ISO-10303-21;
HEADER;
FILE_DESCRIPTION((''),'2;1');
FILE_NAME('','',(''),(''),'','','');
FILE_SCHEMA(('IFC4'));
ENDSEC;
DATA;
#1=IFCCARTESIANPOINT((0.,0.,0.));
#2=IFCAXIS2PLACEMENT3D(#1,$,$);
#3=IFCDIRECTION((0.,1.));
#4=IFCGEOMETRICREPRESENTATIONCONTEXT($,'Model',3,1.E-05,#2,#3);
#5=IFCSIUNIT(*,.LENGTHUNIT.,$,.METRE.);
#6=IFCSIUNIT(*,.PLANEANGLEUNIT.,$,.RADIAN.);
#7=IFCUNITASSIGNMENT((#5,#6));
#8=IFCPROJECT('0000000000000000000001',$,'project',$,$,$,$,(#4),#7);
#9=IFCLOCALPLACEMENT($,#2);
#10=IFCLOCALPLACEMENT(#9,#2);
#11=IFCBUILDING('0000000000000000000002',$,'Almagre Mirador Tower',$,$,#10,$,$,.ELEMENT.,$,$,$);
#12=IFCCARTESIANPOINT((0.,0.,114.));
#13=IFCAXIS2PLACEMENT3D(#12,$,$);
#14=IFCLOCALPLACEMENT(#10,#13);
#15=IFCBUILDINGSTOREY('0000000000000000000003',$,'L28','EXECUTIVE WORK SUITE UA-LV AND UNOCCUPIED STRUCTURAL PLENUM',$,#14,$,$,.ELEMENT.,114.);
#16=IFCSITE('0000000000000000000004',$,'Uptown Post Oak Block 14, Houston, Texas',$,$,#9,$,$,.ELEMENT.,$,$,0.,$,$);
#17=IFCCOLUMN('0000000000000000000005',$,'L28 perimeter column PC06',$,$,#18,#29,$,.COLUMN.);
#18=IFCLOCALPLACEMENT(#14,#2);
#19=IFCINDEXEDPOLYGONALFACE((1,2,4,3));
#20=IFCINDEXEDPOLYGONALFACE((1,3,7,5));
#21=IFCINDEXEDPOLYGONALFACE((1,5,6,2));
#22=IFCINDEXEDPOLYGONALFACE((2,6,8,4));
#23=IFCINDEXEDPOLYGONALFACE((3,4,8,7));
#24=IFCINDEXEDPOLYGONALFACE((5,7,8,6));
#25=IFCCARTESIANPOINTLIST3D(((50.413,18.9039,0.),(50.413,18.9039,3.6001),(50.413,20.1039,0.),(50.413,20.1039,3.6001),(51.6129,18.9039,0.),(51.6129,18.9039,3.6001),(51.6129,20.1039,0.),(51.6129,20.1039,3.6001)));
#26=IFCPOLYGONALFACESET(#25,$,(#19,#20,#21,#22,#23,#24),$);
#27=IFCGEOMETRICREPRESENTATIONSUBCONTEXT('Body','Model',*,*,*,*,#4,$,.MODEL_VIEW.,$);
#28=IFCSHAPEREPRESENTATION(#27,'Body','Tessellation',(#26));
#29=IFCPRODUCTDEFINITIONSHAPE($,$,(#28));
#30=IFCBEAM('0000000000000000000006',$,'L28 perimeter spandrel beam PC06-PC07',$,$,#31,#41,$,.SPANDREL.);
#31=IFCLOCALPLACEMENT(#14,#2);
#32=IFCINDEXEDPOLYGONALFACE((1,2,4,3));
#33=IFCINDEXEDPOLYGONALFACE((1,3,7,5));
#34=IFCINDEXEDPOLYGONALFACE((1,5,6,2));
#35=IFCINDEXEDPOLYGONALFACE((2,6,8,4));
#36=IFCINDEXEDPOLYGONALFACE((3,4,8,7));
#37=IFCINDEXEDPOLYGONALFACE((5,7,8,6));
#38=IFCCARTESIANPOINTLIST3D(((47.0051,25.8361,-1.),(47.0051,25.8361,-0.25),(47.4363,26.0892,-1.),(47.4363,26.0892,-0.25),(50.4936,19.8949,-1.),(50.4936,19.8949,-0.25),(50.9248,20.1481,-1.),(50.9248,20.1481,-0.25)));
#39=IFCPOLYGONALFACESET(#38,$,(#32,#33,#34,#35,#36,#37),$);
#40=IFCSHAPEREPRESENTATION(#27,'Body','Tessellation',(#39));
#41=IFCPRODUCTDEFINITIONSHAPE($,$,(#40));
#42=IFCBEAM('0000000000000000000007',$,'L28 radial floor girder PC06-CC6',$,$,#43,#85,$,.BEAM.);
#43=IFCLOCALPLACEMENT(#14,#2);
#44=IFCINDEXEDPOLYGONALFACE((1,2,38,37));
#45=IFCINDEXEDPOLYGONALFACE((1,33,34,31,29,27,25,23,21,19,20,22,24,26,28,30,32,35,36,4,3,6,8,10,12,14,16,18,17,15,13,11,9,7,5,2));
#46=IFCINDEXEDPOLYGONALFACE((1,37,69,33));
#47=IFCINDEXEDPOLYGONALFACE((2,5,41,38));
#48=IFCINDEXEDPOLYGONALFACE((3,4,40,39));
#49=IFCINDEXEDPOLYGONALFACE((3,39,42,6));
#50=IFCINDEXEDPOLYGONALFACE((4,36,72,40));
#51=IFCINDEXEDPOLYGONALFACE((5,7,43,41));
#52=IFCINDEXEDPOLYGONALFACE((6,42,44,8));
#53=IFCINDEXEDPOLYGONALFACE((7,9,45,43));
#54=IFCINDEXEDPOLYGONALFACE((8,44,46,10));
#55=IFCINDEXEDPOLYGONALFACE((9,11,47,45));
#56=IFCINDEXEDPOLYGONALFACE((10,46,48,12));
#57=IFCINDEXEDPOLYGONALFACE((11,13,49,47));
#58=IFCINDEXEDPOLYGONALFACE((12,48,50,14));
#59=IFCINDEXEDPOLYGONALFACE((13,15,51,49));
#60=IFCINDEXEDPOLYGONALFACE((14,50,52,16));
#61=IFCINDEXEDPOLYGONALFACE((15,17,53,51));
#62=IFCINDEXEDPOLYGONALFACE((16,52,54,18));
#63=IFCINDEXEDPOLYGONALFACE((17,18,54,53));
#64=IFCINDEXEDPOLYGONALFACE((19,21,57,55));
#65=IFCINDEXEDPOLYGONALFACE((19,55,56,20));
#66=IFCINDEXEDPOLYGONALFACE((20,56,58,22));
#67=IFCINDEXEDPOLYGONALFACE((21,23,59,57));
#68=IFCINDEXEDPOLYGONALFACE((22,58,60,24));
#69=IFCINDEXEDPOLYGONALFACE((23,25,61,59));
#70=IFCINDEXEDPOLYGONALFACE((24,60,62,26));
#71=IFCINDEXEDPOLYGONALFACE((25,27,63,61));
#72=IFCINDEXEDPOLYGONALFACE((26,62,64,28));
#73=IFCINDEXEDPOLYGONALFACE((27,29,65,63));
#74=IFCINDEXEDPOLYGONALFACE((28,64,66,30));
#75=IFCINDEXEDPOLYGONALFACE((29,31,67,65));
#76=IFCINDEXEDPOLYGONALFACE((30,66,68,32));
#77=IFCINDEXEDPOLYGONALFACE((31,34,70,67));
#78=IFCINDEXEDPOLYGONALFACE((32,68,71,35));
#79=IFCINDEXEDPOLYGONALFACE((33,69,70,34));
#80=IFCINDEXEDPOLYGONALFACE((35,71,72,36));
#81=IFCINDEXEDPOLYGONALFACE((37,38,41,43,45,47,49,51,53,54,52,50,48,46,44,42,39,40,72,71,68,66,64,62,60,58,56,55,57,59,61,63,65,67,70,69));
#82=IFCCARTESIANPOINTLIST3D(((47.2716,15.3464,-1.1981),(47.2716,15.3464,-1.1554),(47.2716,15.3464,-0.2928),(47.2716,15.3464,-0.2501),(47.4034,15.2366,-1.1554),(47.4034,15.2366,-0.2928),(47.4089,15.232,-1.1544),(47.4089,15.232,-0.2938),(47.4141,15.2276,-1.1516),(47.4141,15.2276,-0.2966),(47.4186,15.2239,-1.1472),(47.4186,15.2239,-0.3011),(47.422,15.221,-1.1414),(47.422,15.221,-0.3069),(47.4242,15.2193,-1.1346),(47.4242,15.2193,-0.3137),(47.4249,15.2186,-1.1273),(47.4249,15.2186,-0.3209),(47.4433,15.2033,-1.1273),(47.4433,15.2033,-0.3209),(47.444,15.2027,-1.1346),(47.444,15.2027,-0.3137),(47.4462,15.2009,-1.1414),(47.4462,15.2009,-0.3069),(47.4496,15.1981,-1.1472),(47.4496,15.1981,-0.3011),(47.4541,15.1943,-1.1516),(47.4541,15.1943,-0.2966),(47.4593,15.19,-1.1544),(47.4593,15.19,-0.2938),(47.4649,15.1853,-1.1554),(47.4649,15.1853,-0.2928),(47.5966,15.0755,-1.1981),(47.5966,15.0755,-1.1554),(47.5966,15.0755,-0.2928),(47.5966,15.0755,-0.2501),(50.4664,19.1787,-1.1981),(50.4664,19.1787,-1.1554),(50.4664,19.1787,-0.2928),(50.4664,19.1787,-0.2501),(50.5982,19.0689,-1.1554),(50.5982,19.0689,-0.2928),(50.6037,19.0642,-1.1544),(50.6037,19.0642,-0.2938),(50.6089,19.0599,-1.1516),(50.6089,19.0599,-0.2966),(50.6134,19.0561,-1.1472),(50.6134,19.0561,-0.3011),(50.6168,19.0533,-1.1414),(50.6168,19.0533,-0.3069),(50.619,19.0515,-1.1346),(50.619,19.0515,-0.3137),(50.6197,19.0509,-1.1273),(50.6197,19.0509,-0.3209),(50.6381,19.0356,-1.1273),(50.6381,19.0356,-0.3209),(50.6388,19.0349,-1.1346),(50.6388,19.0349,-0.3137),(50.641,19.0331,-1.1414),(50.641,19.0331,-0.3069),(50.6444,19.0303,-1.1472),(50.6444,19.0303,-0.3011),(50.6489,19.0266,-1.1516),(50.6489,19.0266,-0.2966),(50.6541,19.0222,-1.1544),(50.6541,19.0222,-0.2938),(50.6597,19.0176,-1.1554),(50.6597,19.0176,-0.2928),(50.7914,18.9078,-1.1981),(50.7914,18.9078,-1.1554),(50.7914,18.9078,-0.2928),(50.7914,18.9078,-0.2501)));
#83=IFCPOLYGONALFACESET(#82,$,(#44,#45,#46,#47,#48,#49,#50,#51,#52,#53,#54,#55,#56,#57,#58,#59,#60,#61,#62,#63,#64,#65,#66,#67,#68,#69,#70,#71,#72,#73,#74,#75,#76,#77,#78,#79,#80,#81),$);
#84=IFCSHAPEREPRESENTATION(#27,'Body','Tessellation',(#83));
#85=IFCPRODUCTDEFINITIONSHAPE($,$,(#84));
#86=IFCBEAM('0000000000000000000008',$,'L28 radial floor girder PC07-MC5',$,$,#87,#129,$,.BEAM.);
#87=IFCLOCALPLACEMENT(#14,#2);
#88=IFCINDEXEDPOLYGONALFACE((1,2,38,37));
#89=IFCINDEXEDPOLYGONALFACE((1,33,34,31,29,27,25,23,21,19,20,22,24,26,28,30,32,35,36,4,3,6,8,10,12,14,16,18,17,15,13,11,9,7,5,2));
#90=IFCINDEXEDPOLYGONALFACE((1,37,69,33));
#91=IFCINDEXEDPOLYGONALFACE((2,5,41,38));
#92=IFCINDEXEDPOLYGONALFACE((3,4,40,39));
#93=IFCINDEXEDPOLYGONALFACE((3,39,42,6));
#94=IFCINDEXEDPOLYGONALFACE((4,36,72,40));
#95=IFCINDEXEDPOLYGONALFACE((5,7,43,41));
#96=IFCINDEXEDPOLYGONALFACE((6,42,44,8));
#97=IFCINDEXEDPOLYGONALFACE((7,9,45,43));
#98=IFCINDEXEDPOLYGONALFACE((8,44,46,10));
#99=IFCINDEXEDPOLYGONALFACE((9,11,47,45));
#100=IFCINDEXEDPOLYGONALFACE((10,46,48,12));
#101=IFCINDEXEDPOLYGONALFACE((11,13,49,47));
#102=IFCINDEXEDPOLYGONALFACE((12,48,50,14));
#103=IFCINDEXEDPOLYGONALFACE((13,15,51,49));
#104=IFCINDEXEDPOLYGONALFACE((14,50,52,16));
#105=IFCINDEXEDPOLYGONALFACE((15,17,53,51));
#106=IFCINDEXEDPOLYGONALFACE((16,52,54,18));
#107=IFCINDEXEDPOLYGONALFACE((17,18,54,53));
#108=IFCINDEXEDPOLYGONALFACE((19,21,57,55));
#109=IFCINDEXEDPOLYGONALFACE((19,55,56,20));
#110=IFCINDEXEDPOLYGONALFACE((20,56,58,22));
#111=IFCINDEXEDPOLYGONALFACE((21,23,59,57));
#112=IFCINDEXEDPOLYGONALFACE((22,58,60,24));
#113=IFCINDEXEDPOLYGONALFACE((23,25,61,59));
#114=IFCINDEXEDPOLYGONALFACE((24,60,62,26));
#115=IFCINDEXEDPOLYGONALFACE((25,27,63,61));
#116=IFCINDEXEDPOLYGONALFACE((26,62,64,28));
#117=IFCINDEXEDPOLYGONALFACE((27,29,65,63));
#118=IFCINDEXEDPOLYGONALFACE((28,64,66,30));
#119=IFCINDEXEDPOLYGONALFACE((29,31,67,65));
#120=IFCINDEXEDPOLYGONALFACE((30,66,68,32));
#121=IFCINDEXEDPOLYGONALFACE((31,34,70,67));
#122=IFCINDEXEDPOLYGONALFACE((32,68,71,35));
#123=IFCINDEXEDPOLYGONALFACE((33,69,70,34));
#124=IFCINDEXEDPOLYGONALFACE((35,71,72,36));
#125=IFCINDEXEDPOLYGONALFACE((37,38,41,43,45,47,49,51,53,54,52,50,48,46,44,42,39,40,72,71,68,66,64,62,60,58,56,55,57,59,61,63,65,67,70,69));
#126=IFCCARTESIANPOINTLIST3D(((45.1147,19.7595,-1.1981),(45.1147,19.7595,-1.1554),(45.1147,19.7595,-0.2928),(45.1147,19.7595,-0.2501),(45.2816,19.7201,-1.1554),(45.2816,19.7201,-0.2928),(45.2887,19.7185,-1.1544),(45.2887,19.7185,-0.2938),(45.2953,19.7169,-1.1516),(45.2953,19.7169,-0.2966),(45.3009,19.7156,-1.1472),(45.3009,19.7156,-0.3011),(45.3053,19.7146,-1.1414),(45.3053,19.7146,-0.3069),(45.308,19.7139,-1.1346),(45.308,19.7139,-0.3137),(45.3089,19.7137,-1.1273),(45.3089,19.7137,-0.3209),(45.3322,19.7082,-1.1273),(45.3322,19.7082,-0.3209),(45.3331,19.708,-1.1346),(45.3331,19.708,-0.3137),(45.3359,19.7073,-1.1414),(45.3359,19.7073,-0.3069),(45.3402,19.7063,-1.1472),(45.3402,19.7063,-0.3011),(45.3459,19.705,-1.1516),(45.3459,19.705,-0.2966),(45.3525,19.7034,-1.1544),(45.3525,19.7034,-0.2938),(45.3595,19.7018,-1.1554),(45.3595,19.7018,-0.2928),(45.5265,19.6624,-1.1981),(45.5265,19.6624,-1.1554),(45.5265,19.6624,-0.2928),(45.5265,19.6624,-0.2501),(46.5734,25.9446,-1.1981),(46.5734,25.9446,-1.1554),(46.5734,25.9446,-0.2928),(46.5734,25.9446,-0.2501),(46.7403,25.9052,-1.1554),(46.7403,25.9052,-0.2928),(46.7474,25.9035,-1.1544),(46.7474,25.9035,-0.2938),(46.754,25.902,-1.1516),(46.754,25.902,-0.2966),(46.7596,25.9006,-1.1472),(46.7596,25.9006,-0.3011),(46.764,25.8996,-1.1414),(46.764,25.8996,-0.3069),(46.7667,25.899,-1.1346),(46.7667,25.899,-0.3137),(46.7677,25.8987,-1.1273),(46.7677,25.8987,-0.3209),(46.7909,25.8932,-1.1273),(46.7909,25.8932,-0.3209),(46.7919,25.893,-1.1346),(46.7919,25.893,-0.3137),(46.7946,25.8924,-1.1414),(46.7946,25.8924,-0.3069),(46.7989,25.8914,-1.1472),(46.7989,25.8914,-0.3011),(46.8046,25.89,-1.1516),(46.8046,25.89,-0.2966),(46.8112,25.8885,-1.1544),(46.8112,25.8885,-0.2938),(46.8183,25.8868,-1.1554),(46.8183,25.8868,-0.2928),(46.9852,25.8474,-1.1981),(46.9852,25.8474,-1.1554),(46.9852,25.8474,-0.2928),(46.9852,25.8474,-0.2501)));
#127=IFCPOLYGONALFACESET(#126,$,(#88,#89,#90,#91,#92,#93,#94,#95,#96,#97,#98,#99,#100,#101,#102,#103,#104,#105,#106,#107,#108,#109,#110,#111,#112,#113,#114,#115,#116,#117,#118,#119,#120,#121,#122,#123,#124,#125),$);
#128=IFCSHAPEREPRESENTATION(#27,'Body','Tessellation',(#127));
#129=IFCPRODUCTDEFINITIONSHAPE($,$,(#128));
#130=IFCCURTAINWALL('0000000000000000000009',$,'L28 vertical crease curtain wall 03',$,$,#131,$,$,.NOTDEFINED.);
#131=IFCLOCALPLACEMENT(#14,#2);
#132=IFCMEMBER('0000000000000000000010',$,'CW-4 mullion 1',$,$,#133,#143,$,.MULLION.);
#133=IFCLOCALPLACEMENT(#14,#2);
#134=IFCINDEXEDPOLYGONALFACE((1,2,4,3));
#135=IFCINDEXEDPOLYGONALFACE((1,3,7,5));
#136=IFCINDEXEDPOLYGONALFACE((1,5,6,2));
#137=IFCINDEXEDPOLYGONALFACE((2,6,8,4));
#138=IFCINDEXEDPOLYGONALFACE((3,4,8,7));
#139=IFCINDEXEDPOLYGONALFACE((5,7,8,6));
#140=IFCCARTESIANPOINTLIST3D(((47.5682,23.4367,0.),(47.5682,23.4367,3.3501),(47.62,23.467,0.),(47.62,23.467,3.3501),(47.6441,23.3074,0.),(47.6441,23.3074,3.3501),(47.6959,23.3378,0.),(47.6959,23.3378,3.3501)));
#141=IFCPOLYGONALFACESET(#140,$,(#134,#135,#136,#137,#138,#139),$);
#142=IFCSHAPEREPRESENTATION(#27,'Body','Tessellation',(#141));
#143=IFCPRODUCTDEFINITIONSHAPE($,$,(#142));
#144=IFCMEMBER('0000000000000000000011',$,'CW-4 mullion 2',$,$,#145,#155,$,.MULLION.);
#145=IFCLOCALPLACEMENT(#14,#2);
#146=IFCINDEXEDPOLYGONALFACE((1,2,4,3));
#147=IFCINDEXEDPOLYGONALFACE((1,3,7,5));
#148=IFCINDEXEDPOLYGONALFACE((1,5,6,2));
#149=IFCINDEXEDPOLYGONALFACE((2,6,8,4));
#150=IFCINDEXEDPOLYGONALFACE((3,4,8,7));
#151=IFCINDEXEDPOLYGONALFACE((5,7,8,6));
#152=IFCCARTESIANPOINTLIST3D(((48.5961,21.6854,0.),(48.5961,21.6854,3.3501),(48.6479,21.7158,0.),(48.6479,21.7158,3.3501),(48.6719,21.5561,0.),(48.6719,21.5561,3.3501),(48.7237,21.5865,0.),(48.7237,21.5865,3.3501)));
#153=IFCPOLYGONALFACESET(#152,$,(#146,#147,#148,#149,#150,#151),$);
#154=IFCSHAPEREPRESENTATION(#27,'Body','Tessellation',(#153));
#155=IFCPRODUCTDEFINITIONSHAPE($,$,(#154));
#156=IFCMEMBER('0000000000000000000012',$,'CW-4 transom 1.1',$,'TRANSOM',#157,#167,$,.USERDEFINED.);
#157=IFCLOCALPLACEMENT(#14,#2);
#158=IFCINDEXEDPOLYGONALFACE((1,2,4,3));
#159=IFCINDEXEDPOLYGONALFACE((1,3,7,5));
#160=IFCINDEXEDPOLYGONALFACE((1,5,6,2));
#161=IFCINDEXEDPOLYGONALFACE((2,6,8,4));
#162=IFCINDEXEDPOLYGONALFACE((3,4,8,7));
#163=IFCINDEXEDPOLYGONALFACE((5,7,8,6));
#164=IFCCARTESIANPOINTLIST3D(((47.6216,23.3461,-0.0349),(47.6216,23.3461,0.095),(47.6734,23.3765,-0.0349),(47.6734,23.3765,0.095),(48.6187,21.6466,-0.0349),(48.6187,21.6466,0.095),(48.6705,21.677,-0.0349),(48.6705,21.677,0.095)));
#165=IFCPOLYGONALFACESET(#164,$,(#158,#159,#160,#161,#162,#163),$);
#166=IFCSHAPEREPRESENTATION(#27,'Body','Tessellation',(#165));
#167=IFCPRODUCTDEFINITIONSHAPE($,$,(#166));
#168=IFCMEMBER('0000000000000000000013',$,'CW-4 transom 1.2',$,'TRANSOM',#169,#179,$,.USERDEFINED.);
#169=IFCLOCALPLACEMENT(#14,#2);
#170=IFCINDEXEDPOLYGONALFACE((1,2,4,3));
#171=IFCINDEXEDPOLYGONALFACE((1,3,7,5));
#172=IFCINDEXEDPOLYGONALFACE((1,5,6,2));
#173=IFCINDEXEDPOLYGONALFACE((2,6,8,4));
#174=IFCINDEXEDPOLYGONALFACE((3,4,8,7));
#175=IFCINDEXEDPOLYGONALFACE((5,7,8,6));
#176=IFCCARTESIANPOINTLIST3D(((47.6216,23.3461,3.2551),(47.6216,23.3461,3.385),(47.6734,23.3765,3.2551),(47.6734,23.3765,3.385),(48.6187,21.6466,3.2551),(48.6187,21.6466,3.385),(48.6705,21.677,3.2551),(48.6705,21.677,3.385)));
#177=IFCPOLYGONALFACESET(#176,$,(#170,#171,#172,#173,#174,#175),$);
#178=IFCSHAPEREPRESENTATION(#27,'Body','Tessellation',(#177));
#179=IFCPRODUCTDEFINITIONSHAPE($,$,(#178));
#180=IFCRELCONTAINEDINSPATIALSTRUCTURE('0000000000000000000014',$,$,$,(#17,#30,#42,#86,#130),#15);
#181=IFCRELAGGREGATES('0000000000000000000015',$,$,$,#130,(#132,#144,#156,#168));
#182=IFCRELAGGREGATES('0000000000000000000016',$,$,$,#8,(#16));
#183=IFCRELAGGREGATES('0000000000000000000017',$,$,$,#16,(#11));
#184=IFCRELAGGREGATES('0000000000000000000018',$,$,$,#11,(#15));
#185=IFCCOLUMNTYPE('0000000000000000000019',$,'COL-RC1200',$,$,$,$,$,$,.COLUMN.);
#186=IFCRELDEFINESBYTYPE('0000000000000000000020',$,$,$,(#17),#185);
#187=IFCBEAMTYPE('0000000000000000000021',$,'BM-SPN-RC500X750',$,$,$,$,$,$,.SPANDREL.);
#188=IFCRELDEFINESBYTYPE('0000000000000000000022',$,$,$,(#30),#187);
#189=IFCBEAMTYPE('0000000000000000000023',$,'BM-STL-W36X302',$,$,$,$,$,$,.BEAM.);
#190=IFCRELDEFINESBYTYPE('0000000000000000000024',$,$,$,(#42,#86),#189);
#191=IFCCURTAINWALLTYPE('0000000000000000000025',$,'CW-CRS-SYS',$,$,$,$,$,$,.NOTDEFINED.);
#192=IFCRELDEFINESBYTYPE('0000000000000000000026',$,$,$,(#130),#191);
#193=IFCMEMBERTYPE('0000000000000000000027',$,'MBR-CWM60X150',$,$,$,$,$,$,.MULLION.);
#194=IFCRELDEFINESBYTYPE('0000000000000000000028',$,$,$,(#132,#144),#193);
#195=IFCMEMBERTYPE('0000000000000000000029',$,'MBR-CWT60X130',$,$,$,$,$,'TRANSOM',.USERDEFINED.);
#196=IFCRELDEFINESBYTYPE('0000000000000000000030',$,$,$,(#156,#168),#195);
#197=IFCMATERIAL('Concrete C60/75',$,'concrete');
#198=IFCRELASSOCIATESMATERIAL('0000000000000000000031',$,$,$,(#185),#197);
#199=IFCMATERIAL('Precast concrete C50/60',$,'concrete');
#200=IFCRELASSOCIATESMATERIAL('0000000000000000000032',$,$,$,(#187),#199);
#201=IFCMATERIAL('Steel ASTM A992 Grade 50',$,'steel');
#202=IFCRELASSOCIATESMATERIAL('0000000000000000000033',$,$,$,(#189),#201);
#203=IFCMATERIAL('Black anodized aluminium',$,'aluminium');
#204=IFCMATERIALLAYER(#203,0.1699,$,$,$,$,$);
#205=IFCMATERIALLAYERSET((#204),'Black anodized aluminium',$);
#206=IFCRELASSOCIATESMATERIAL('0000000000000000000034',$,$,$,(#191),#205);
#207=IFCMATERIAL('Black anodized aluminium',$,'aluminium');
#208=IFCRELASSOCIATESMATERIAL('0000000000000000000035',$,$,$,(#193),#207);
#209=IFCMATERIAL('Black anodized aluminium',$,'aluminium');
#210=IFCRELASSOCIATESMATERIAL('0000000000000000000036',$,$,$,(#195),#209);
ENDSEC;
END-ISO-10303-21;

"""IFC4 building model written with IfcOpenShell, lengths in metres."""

from ifc_helpers import new_model, si_unit, direction, frame, origin, origin_2d, place, context, subcontext, project, spatial, rectangle, i_section, extrude, material, layer, layer_set, material_profile, profile_set, type_object, element, aggregate, save


model = new_model("IFC4")

# Units and contexts
model_context = context("Model", 3, precision=1e-05, world=origin(), true_north=direction((0.0, 1.0)))
body_context = subcontext(model_context, "Body", "Model", "MODEL_VIEW")
ifc_project = project(units=[si_unit("LENGTHUNIT", "METRE"), si_unit("PLANEANGLEUNIT", "RADIAN")], contexts=[model_context])

# Site, building, storey
site_placement = place(None, origin())
site = spatial("IfcSite", under=ifc_project, at=site_placement, Name="Uptown Post Oak Block 14, Houston, Texas", CompositionType="ELEMENT", RefElevation=0.0)
building_placement = place(site_placement, origin())
building = spatial("IfcBuilding", under=site, at=building_placement, Name="Almagre Mirador Tower", CompositionType="ELEMENT")
storey_placement = place(building_placement, frame((0.0, 0.0, 114.0)))
storey = spatial("IfcBuildingStorey", under=building, at=storey_placement, Name="L28", Description="EXECUTIVE WORK SUITE UA-LV AND UNOCCUPIED STRUCTURAL PLENUM", CompositionType="ELEMENT", Elevation=114.0)

# Column
ifc_material_1 = material(Name="Concrete C60/75", Category="concrete")
ifc_material_profile_1 = material_profile(ifc_material_1, rectangle(XDim=1.2, YDim=1.2, at=origin_2d()), Name="RC1200X1200")
ifc_profile_set_1 = profile_set([ifc_material_profile_1], Name="Concrete C60/75")
column_type = type_object("IfcColumnType", Name="COL-RC1200", PredefinedType="COLUMN", material=ifc_profile_set_1)
column_placement = place(storey_placement, frame((51.0129, 19.5039, 0.0), z_axis=(0.0, 0.0, 1.0), x_axis=(1.0, 0.0, 0.0)))
element("IfcColumn", 1, at=column_placement, inside=storey, type_object=column_type, Name="L28 perimeter column PC06", PredefinedType="COLUMN", context=body_context, shape_type="SweptSolid", body=[
    extrude(rectangle(XDim=1.2, YDim=1.2, at=origin_2d()), origin(), (0.0, 0.0, 1.0), 3.6001),
])

# Beams
ifc_material_2 = material(Name="Precast concrete C50/60", Category="concrete")
ifc_material_profile_2 = material_profile(ifc_material_2, rectangle(XDim=0.5, YDim=0.75, at=origin_2d()), Name="RC500X750")
ifc_profile_set_2 = profile_set([ifc_material_profile_2], Name="Precast concrete C50/60")
beam_type_1 = type_object("IfcBeamType", Name="BM-SPN-RC500X750", PredefinedType="SPANDREL", material=ifc_profile_set_2)
beam_1_placement = place(storey_placement, frame((50.7092, 20.0215, -0.625), z_axis=(-0.506343, 0.862332, 0.0), x_axis=(-0.862332, -0.506343, 0.0)))
element("IfcBeam", 2, at=beam_1_placement, inside=storey, type_object=beam_type_1, Name="L28 perimeter spandrel beam PC06-PC07", PredefinedType="SPANDREL", context=body_context, shape_type="SweptSolid", body=[
    extrude(rectangle(XDim=0.5, YDim=0.75, at=origin_2d()), origin(), (0.0, 0.0, 1.0), 6.8896),
])
ifc_material_3 = material(Name="Steel ASTM A992 Grade 50", Category="steel")
ifc_material_profile_3 = material_profile(ifc_material_3, i_section(OverallWidth=0.4231, OverallDepth=0.948, WebThickness=0.0239, FlangeThickness=0.0427, FilletRadius=0.0281, at=origin_2d()), Name="W36X302")
ifc_profile_set_3 = profile_set([ifc_material_profile_3], Name="Steel ASTM A992 Grade 50")
beam_type_2 = type_object("IfcBeamType", Name="BM-STL-W36X302", PredefinedType="BEAM", material=ifc_profile_set_3)
beam_2_placement = place(storey_placement, frame((50.6289, 19.0432, -0.7241), z_axis=(-0.640334, -0.768097, 0.0), x_axis=(0.768097, -0.640334, 0.0)))
element("IfcBeam", 3, at=beam_2_placement, inside=storey, type_object=beam_type_2, Name="L28 radial floor girder PC06-CC6", PredefinedType="BEAM", context=body_context, shape_type="SweptSolid", body=[
    extrude(i_section(OverallWidth=0.4231, OverallDepth=0.948, WebThickness=0.0239, FlangeThickness=0.0427, FilletRadius=0.0281, at=origin_2d()), origin(), (0.0, 0.0, 1.0), 4.9893),
])
beam_3_placement = place(storey_placement, frame((46.7793, 25.896, -0.7241), z_axis=(-0.229551, -0.973297, 0.0), x_axis=(0.973297, -0.229551, 0.0)))
element("IfcBeam", 4, at=beam_3_placement, inside=storey, type_object=beam_type_2, Name="L28 radial floor girder PC07-MC5", PredefinedType="BEAM", context=body_context, shape_type="SweptSolid", body=[
    extrude(i_section(OverallWidth=0.4231, OverallDepth=0.948, WebThickness=0.0239, FlangeThickness=0.0427, FilletRadius=0.0281, at=origin_2d()), origin(), (0.0, 0.0, 1.0), 6.3547),
])

# Curtain wall, members
ifc_material_4 = material(Name="Black anodized aluminium", Category="aluminium")
ifc_layer_1 = layer(ifc_material_4, 0.1699)
ifc_layer_set_1 = layer_set([ifc_layer_1], Name="Black anodized aluminium")
curtain_wall_type = type_object("IfcCurtainWallType", Name="CW-CRS-SYS", PredefinedType="NOTDEFINED", material=ifc_layer_set_1)
curtain_wall_placement = place(storey_placement, origin())
curtain_wall = element("IfcCurtainWall", 5, at=curtain_wall_placement, inside=storey, type_object=curtain_wall_type, Name="L28 vertical crease curtain wall 03", PredefinedType="NOTDEFINED")
ifc_material_5 = material(Name="Black anodized aluminium", Category="aluminium")
ifc_material_profile_4 = material_profile(ifc_material_5, rectangle(XDim=0.0601, YDim=0.1499, at=origin_2d()), Name="CWM60X150")
ifc_profile_set_4 = profile_set([ifc_material_profile_4], Name="Black anodized aluminium")
member_type_1 = type_object("IfcMemberType", Name="MBR-CWM60X150", PredefinedType="MULLION", material=ifc_profile_set_4)
member_1_placement = place(storey_placement, frame((47.6321, 23.3872, 0.0), z_axis=(0.0, 0.0, 1.0), x_axis=(0.862475, 0.5061, 0.0)))
member_1 = element("IfcMember", 6, at=member_1_placement, type_object=member_type_1, Name="CW-4 mullion 1", PredefinedType="MULLION", context=body_context, shape_type="SweptSolid", body=[
    extrude(rectangle(XDim=0.0601, YDim=0.1499, at=origin_2d()), origin(), (0.0, 0.0, 1.0), 3.3501),
])
member_2_placement = place(storey_placement, frame((48.6599, 21.636, 0.0), z_axis=(0.0, 0.0, 1.0), x_axis=(0.862475, 0.5061, 0.0)))
member_2 = element("IfcMember", 7, at=member_2_placement, type_object=member_type_1, Name="CW-4 mullion 2", PredefinedType="MULLION", context=body_context, shape_type="SweptSolid", body=[
    extrude(rectangle(XDim=0.0601, YDim=0.1499, at=origin_2d()), origin(), (0.0, 0.0, 1.0), 3.3501),
])
ifc_material_6 = material(Name="Black anodized aluminium", Category="aluminium")
ifc_material_profile_5 = material_profile(ifc_material_6, rectangle(XDim=0.0601, YDim=0.1299, at=origin_2d()), Name="CWT60X130")
ifc_profile_set_5 = profile_set([ifc_material_profile_5], Name="Black anodized aluminium")
member_type_2 = type_object("IfcMemberType", Name="MBR-CWT60X130", ElementType="TRANSOM", PredefinedType="USERDEFINED", material=ifc_profile_set_5)
member_3_placement = place(storey_placement, frame((47.6475, 23.3613, 0.03), z_axis=(0.506034, -0.862513, 0.0), x_axis=(0.862513, 0.506034, 0.0)))
member_3 = element("IfcMember", 8, at=member_3_placement, type_object=member_type_2, Name="CW-4 transom 1.1", ObjectType="TRANSOM", PredefinedType="USERDEFINED", context=body_context, shape_type="SweptSolid", body=[
    extrude(rectangle(XDim=0.0601, YDim=0.1299, at=origin_2d()), origin(), (0.0, 0.0, 1.0), 1.9705),
])
member_4_placement = place(storey_placement, frame((47.6475, 23.3613, 3.3201), z_axis=(0.506034, -0.862513, 0.0), x_axis=(0.862513, 0.506034, 0.0)))
member_4 = element("IfcMember", 9, at=member_4_placement, type_object=member_type_2, Name="CW-4 transom 1.2", ObjectType="TRANSOM", PredefinedType="USERDEFINED", context=body_context, shape_type="SweptSolid", body=[
    extrude(rectangle(XDim=0.0601, YDim=0.1299, at=origin_2d()), origin(), (0.0, 0.0, 1.0), 1.9705),
])
aggregate(curtain_wall, [member_1, member_2, member_3, member_4])

save(model, "model.ifc")
